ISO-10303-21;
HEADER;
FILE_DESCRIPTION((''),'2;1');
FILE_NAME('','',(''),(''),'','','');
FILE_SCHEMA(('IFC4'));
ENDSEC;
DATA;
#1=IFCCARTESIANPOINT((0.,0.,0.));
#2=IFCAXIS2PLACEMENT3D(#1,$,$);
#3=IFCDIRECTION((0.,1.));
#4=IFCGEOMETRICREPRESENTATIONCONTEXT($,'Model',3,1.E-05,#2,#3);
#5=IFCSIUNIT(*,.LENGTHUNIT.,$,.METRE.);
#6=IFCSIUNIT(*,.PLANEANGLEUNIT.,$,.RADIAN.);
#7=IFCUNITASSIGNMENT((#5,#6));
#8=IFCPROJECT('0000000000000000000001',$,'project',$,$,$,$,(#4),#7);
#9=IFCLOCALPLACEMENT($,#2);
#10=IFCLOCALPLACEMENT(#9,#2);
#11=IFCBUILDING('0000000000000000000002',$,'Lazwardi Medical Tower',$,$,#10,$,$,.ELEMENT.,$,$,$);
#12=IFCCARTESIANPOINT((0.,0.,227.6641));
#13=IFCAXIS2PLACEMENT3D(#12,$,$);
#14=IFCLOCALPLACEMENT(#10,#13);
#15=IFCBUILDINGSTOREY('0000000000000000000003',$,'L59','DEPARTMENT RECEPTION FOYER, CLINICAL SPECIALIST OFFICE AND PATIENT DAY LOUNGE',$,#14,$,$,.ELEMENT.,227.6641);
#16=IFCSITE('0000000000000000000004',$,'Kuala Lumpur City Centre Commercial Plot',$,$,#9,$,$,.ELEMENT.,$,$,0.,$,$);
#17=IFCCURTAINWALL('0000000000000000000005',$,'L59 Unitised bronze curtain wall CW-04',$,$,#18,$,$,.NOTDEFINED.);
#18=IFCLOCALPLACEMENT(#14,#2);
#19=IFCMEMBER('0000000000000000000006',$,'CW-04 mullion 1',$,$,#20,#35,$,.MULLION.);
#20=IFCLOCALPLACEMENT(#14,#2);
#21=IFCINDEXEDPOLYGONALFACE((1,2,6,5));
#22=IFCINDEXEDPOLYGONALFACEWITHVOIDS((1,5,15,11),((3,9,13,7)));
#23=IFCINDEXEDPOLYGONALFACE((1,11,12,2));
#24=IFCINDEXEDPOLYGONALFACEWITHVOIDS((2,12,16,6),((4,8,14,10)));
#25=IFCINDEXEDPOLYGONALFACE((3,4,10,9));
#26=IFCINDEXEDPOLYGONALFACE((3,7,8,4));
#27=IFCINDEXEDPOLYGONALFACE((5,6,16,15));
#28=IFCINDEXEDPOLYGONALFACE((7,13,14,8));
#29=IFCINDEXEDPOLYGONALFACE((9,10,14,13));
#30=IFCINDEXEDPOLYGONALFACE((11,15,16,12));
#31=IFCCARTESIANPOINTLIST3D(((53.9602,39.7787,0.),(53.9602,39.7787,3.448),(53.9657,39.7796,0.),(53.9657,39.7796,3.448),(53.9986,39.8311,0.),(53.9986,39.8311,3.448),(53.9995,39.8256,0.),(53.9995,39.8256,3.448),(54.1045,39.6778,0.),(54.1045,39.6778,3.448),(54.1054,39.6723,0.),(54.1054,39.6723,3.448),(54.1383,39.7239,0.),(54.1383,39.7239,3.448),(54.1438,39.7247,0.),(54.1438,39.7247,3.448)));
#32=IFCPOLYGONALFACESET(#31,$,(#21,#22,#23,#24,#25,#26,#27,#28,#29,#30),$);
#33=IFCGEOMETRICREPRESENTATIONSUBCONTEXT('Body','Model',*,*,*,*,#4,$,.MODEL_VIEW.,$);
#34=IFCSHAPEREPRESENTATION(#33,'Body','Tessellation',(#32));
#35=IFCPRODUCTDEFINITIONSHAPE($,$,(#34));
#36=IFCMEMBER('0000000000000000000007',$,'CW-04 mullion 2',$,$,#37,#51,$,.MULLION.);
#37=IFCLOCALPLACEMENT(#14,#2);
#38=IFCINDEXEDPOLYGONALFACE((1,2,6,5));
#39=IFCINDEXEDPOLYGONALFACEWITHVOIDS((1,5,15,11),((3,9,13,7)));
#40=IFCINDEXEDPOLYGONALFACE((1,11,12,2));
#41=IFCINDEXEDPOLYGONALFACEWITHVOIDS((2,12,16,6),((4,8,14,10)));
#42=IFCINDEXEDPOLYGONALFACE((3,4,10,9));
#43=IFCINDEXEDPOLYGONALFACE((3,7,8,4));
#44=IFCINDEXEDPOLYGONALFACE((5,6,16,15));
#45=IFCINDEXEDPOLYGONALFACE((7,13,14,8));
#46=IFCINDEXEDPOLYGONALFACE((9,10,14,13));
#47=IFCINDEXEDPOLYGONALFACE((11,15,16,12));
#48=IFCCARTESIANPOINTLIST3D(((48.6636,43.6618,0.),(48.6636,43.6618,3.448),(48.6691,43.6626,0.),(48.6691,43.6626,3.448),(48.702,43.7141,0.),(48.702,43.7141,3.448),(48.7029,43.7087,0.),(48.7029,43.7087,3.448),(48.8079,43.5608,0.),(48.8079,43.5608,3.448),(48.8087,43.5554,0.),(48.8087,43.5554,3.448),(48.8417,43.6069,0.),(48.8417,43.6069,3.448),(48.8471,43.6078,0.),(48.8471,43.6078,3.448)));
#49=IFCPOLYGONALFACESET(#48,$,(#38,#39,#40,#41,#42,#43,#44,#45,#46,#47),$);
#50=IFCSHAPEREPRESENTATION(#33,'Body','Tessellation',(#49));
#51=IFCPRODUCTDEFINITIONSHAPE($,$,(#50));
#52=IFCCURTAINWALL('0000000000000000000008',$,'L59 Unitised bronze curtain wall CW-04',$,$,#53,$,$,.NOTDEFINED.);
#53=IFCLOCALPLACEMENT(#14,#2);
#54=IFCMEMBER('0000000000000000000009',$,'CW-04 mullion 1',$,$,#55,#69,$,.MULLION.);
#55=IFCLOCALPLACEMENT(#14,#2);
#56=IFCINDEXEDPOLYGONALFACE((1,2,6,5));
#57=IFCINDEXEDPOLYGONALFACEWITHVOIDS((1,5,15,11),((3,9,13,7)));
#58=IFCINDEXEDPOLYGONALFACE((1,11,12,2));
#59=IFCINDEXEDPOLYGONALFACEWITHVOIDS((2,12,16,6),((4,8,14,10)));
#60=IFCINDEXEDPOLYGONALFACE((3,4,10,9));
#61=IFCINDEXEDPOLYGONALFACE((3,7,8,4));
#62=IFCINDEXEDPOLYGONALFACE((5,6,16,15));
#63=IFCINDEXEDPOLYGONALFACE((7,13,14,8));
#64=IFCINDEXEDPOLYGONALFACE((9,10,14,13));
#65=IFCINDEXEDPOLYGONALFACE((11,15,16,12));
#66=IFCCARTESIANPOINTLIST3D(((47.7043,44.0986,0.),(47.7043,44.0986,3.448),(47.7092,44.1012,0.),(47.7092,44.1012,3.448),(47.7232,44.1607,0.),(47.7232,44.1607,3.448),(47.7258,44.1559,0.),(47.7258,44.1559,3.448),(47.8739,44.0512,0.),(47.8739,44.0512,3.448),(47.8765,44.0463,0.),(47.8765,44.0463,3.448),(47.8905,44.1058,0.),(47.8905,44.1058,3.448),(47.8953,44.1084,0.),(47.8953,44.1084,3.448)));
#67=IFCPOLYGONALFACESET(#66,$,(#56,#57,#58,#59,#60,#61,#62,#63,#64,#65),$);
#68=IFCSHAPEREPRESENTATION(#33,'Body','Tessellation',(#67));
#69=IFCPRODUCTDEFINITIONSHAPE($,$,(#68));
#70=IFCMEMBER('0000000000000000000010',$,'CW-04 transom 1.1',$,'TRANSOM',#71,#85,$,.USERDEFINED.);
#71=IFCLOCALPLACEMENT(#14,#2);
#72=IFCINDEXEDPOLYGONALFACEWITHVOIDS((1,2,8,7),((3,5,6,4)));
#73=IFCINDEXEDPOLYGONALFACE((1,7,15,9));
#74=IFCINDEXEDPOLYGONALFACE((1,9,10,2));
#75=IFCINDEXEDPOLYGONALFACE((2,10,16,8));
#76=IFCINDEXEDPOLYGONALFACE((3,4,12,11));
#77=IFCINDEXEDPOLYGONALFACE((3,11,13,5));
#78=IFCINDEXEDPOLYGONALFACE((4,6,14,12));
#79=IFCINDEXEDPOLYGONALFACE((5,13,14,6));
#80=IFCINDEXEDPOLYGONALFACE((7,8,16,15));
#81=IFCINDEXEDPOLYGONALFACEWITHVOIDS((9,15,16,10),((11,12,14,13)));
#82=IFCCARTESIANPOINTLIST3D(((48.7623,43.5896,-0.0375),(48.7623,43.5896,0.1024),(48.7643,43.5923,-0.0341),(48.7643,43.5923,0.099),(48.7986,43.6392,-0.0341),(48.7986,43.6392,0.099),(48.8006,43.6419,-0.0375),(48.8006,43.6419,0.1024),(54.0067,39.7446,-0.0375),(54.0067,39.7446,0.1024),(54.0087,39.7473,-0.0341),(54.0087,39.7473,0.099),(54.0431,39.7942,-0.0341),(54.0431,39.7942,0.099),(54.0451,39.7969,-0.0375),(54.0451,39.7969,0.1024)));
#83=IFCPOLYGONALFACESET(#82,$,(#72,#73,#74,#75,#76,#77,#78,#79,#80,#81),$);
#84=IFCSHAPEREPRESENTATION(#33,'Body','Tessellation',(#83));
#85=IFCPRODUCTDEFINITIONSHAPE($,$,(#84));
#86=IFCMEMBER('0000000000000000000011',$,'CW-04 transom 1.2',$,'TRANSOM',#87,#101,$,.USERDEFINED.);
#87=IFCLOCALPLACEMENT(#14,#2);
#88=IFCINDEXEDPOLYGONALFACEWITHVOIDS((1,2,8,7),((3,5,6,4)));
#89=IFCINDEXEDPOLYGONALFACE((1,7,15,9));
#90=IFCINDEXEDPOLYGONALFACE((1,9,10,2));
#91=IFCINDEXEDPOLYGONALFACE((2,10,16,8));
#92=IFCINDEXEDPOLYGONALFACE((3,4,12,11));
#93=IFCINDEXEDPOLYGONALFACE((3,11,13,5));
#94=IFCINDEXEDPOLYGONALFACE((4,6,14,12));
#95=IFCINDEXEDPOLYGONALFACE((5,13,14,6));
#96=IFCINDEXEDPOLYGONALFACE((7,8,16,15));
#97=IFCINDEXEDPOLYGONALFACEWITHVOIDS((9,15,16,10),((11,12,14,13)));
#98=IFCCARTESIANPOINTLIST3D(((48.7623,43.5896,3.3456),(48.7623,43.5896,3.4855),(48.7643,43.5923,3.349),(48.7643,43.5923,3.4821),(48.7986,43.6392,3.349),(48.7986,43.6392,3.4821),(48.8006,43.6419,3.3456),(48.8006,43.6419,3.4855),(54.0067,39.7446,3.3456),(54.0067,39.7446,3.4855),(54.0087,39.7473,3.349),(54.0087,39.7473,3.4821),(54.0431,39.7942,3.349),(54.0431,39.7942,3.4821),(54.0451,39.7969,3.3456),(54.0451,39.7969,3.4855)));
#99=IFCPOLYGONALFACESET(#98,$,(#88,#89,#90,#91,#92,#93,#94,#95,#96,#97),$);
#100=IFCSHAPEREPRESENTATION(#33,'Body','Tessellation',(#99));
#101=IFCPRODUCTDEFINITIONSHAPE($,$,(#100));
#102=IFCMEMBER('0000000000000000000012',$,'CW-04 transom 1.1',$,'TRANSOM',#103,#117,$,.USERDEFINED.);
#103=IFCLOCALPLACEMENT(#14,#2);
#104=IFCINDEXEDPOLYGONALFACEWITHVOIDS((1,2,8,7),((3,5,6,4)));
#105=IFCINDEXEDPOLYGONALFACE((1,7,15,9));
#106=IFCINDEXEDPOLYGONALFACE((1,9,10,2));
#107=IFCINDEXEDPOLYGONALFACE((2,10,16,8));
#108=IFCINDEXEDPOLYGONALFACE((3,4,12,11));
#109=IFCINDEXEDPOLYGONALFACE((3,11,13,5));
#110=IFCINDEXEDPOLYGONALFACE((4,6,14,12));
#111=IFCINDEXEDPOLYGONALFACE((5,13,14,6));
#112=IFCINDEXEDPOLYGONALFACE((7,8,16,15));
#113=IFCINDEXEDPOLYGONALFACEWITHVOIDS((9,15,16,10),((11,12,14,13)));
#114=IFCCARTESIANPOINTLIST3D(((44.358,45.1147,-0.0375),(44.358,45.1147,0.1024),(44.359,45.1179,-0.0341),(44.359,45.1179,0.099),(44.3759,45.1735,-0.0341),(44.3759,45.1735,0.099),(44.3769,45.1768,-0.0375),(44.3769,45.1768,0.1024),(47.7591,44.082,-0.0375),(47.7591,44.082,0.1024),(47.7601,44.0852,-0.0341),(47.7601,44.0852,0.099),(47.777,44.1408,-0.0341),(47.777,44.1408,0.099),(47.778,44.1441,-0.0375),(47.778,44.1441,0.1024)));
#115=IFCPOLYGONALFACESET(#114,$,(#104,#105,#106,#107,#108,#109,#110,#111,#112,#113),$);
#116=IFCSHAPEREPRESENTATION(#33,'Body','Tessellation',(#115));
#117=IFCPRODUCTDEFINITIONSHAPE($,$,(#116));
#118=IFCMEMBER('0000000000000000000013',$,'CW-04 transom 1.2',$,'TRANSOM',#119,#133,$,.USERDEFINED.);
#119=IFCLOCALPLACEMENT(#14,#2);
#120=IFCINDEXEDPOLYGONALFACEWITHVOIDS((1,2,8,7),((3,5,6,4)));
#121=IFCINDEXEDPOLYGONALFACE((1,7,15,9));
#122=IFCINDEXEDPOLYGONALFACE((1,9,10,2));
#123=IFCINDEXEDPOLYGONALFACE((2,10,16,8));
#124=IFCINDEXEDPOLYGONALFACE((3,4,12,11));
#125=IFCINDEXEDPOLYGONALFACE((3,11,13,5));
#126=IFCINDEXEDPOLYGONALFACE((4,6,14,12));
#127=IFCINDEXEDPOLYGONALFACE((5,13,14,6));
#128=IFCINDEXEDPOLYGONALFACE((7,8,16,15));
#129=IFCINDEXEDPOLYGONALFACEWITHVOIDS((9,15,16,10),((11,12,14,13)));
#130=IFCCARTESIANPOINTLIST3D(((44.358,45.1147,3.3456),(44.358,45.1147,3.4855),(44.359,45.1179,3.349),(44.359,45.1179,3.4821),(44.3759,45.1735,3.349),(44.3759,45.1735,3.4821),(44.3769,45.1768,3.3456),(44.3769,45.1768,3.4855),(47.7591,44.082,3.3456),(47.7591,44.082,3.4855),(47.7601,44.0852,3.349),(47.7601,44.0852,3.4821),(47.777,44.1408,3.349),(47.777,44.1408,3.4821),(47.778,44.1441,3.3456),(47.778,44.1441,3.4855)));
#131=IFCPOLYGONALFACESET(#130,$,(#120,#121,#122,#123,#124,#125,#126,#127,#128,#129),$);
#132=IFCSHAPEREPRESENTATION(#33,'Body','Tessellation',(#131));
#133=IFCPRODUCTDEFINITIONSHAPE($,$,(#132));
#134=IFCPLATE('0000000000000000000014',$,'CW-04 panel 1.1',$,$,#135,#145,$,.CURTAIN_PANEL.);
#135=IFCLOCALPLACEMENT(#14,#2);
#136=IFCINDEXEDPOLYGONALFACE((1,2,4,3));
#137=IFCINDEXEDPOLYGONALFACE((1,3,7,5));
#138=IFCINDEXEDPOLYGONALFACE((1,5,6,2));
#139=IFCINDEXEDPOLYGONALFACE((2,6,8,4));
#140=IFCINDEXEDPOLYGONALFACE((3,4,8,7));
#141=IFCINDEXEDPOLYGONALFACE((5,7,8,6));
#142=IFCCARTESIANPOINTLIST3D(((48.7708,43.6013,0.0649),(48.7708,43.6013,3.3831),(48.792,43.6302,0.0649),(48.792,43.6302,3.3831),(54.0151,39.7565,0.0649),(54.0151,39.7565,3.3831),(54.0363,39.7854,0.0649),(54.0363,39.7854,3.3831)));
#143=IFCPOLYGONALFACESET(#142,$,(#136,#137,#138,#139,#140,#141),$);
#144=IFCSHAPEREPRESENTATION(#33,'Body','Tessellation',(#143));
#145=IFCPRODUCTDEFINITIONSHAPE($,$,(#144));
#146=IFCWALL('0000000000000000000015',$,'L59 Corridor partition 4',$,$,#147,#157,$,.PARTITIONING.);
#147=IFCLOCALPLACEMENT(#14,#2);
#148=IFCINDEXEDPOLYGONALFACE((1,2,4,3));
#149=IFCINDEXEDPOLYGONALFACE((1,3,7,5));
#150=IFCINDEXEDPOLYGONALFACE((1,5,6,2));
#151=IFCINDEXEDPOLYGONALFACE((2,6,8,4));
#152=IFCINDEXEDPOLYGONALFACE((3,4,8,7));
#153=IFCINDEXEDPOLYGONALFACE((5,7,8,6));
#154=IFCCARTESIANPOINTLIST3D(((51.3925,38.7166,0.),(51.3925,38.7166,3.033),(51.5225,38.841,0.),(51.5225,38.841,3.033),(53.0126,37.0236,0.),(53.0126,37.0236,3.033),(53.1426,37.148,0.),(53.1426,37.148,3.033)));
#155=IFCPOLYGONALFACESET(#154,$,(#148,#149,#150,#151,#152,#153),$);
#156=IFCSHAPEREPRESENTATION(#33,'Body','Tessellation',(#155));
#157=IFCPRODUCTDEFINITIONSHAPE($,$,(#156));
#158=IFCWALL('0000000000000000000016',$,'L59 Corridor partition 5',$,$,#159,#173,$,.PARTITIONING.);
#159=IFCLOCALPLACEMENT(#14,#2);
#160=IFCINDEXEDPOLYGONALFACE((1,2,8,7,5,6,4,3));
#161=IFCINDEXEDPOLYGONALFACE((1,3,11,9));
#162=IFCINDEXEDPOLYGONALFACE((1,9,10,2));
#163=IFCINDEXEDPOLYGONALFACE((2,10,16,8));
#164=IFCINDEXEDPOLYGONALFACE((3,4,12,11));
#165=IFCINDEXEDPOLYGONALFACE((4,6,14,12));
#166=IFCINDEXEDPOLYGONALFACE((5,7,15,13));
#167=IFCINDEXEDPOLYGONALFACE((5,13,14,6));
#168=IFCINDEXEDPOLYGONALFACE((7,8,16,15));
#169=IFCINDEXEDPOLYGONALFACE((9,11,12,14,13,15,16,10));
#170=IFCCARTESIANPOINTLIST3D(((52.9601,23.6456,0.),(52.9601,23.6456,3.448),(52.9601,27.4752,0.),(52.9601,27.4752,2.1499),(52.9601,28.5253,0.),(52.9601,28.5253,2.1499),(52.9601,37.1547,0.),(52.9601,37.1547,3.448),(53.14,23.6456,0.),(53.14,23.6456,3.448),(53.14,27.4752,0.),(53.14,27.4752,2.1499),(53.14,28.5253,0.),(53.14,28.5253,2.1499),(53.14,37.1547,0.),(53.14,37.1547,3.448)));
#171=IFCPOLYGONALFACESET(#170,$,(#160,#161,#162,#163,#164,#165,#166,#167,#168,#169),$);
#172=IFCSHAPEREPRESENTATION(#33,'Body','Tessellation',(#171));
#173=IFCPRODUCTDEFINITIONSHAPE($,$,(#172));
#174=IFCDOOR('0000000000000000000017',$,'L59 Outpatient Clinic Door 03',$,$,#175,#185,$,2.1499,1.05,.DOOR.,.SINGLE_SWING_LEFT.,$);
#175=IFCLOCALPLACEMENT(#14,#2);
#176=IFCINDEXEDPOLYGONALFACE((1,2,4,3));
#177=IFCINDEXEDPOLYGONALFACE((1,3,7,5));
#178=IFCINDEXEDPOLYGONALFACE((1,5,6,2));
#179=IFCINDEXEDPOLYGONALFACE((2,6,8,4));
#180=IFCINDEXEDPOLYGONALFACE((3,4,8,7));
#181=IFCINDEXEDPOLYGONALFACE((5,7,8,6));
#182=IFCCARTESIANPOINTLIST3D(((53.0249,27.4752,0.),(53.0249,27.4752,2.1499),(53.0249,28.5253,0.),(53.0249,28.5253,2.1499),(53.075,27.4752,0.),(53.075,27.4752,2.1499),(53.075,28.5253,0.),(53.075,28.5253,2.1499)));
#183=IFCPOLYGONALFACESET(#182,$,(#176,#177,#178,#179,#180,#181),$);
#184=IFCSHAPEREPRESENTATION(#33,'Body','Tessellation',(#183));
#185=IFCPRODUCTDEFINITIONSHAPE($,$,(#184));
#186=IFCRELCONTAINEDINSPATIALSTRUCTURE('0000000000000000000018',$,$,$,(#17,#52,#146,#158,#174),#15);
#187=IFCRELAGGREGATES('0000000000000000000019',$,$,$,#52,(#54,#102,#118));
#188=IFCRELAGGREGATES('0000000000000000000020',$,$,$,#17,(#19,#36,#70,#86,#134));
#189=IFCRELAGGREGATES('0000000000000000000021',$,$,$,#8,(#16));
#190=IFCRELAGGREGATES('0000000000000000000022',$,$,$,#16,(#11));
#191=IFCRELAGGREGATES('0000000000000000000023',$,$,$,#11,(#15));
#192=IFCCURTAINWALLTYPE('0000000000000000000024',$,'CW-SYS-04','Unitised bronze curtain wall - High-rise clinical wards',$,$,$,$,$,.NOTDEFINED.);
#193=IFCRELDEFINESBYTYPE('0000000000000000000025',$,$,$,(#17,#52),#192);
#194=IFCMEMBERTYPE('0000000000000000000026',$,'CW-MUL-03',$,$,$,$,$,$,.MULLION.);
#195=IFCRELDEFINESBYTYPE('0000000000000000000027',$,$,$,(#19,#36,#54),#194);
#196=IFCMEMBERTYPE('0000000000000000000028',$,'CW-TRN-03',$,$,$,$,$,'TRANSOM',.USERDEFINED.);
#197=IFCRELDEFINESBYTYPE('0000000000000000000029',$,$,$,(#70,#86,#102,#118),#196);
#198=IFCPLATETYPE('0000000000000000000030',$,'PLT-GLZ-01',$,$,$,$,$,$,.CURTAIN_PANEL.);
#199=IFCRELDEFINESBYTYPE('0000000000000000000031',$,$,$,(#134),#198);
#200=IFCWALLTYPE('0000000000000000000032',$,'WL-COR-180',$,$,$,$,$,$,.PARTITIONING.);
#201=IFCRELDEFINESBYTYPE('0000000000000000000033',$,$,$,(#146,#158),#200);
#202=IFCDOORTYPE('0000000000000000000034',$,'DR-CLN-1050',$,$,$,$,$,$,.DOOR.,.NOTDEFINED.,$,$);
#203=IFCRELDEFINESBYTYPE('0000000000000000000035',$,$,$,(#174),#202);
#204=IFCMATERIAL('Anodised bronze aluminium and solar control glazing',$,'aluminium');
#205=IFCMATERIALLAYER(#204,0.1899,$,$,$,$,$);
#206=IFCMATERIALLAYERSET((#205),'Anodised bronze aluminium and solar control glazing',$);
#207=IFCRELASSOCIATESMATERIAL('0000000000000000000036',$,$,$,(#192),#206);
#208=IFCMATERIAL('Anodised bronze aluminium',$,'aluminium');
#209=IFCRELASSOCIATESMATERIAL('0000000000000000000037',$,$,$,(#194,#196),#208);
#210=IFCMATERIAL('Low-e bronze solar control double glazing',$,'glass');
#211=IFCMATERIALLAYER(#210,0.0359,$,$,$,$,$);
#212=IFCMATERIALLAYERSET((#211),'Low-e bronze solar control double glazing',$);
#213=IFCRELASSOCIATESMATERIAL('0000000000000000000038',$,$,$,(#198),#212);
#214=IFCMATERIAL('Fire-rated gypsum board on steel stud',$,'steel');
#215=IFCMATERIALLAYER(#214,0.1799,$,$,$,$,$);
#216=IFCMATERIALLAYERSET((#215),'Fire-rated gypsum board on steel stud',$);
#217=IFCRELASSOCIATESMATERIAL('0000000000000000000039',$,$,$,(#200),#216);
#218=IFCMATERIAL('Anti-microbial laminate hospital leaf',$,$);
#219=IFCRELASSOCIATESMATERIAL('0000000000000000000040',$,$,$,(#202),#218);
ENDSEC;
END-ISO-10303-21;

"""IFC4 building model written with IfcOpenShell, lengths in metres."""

from ifc_helpers import new_model, si_unit, direction, frame, frame_2d, origin, origin_2d, place, context, subcontext, project, spatial, rectangle, hollow_rectangle, extrude, material, layer, layer_set, material_profile, profile_set, type_object, element, fill, aggregate, save


model = new_model("IFC4")

# Units and contexts
model_context = context("Model", 3, precision=1e-05, world=origin(), true_north=direction((0.0, 1.0)))
body_context = subcontext(model_context, "Body", "Model", "MODEL_VIEW")
ifc_project = project(units=[si_unit("LENGTHUNIT", "METRE"), si_unit("PLANEANGLEUNIT", "RADIAN")], contexts=[model_context])

# Site, building, storey
site_placement = place(None, origin())
site = spatial("IfcSite", under=ifc_project, at=site_placement, Name="Kuala Lumpur City Centre Commercial Plot", CompositionType="ELEMENT", RefElevation=0.0)
building_placement = place(site_placement, origin())
building = spatial("IfcBuilding", under=site, at=building_placement, Name="Lazwardi Medical Tower", CompositionType="ELEMENT")
storey_placement = place(building_placement, frame((0.0, 0.0, 227.6641)))
storey = spatial("IfcBuildingStorey", under=building, at=storey_placement, Name="L59", Description="DEPARTMENT RECEPTION FOYER, CLINICAL SPECIALIST OFFICE AND PATIENT DAY LOUNGE", CompositionType="ELEMENT", Elevation=227.6641)

# Shared definitions
ifc_material_1 = material(Name="Anodised bronze aluminium and solar control glazing", Category="aluminium")
ifc_layer_1 = layer(ifc_material_1, 0.1899)
ifc_layer_set_1 = layer_set([ifc_layer_1], Name="Anodised bronze aluminium and solar control glazing")
curtain_wall_type = type_object("IfcCurtainWallType", Name="CW-SYS-04", Description="Unitised bronze curtain wall - High-rise clinical wards", PredefinedType="NOTDEFINED", material=ifc_layer_set_1)
ifc_material_2 = material(Name="Anodised bronze aluminium", Category="aluminium")
ifc_material_profile_1 = material_profile(ifc_material_2, hollow_rectangle(XDim=0.0649, YDim=0.1799, WallThickness=0.0039, at=origin_2d()), Name="ALU-MULLION 180x65x4")
ifc_profile_set_1 = profile_set([ifc_material_profile_1], Name="Anodised bronze aluminium")
member_type_1 = type_object("IfcMemberType", Name="CW-MUL-03", PredefinedType="MULLION", material=ifc_profile_set_1)

# Curtain wall, members
curtain_wall_1_placement = place(storey_placement, origin())
curtain_wall_1 = element("IfcCurtainWall", 1, at=curtain_wall_1_placement, inside=storey, type_object=curtain_wall_type, Name="L59 Unitised bronze curtain wall CW-04", PredefinedType="NOTDEFINED")
member_1_placement = place(storey_placement, frame((54.052, 39.7517, 0.0), z_axis=(0.0, 0.0, 1.0), x_axis=(-0.591268, -0.806475, 0.0)))
member_1 = element("IfcMember", 2, at=member_1_placement, type_object=member_type_1, Name="CW-04 mullion 1", PredefinedType="MULLION", context=body_context, shape_type="SweptSolid", body=[
    extrude(hollow_rectangle(XDim=0.0649, YDim=0.1799, WallThickness=0.0039, at=origin_2d()), origin(), (0.0, 0.0, 1.0), 3.448),
])
member_2_placement = place(storey_placement, frame((48.7554, 43.6348, 0.0), z_axis=(0.0, 0.0, 1.0), x_axis=(-0.591268, -0.806475, 0.0)))
member_2 = element("IfcMember", 3, at=member_2_placement, type_object=member_type_1, Name="CW-04 mullion 2", PredefinedType="MULLION", context=body_context, shape_type="SweptSolid", body=[
    extrude(hollow_rectangle(XDim=0.0649, YDim=0.1799, WallThickness=0.0039, at=origin_2d()), origin(), (0.0, 0.0, 1.0), 3.448),
])

# Curtain wall, member
curtain_wall_2_placement = place(storey_placement, origin())
curtain_wall_2 = element("IfcCurtainWall", 4, at=curtain_wall_2_placement, inside=storey, type_object=curtain_wall_type, Name="L59 Unitised bronze curtain wall CW-04", PredefinedType="NOTDEFINED")
member_3_placement = place(storey_placement, frame((47.7998, 44.1035, 0.0), z_axis=(0.0, 0.0, 1.0), x_axis=(-0.290582, -0.95685, 0.0)))
member_3 = element("IfcMember", 5, at=member_3_placement, type_object=member_type_1, Name="CW-04 mullion 1", PredefinedType="MULLION", context=body_context, shape_type="SweptSolid", body=[
    extrude(hollow_rectangle(XDim=0.0649, YDim=0.1799, WallThickness=0.0039, at=origin_2d()), origin(), (0.0, 0.0, 1.0), 3.448),
])

# Members
ifc_material_profile_2 = material_profile(ifc_material_2, hollow_rectangle(XDim=0.0649, YDim=0.1399, WallThickness=0.0034, at=origin_2d()), Name="ALU-TRANSOM 140x65x3.5")
ifc_profile_set_2 = profile_set([ifc_material_profile_2], Name="Anodised bronze aluminium")
member_type_2 = type_object("IfcMemberType", Name="CW-TRN-03", ElementType="TRANSOM", PredefinedType="USERDEFINED", material=ifc_profile_set_2)
member_4_placement = place(storey_placement, frame((54.0259, 39.7708, 0.0325), z_axis=(-0.806472, 0.591273, 0.0), x_axis=(-0.591273, -0.806472, 0.0)))
member_4 = element("IfcMember", 6, at=member_4_placement, type_object=member_type_2, Name="CW-04 transom 1.1", ObjectType="TRANSOM", PredefinedType="USERDEFINED", context=body_context, shape_type="SweptSolid", body=[
    extrude(hollow_rectangle(XDim=0.0649, YDim=0.1399, WallThickness=0.0034, at=origin_2d()), origin(), (0.0, 0.0, 1.0), 6.5029),
])
member_5_placement = place(storey_placement, frame((54.0259, 39.7708, 3.4155), z_axis=(-0.806472, 0.591273, 0.0), x_axis=(-0.591273, -0.806472, 0.0)))
member_5 = element("IfcMember", 7, at=member_5_placement, type_object=member_type_2, Name="CW-04 transom 1.2", ObjectType="TRANSOM", PredefinedType="USERDEFINED", context=body_context, shape_type="SweptSolid", body=[
    extrude(hollow_rectangle(XDim=0.0649, YDim=0.1399, WallThickness=0.0034, at=origin_2d()), origin(), (0.0, 0.0, 1.0), 6.5029),
])
member_6_placement = place(storey_placement, frame((47.7686, 44.113, 0.0325), z_axis=(-0.956863, 0.290541, 0.0), x_axis=(-0.290541, -0.956863, 0.0)))
member_6 = element("IfcMember", 8, at=member_6_placement, type_object=member_type_2, Name="CW-04 transom 1.1", ObjectType="TRANSOM", PredefinedType="USERDEFINED", context=body_context, shape_type="SweptSolid", body=[
    extrude(hollow_rectangle(XDim=0.0649, YDim=0.1399, WallThickness=0.0034, at=origin_2d()), origin(), (0.0, 0.0, 1.0), 3.5544),
])
member_7_placement = place(storey_placement, frame((47.7686, 44.113, 3.4155), z_axis=(-0.956863, 0.290541, 0.0), x_axis=(-0.290541, -0.956863, 0.0)))
member_7 = element("IfcMember", 9, at=member_7_placement, type_object=member_type_2, Name="CW-04 transom 1.2", ObjectType="TRANSOM", PredefinedType="USERDEFINED", context=body_context, shape_type="SweptSolid", body=[
    extrude(hollow_rectangle(XDim=0.0649, YDim=0.1399, WallThickness=0.0034, at=origin_2d()), origin(), (0.0, 0.0, 1.0), 3.5544),
])
aggregate(curtain_wall_2, [member_3, member_6, member_7])

# Plate
ifc_material_3 = material(Name="Low-e bronze solar control double glazing", Category="glass")
ifc_layer_2 = layer(ifc_material_3, 0.0359)
ifc_layer_set_2 = layer_set([ifc_layer_2], Name="Low-e bronze solar control double glazing")
plate_type = type_object("IfcPlateType", Name="PLT-GLZ-01", PredefinedType="CURTAIN_PANEL", material=ifc_layer_set_2)
plate_placement = place(storey_placement, frame((51.4036, 41.6934, 0.0649), z_axis=(0.0, 0.0, 1.0), x_axis=(-0.806475, 0.591268, 0.0)))
plate = element("IfcPlate", 10, at=plate_placement, type_object=plate_type, Name="CW-04 panel 1.1", PredefinedType="CURTAIN_PANEL", context=body_context, shape_type="SweptSolid", body=[
    extrude(rectangle(XDim=6.5027, YDim=0.0359, at=origin_2d()), origin(), (0.0, 0.0, 1.0), 3.3181),
])
aggregate(curtain_wall_1, [member_1, member_2, member_4, member_5, plate])

# Wall
ifc_material_4 = material(Name="Fire-rated gypsum board on steel stud", Category="steel")
ifc_layer_3 = layer(ifc_material_4, 0.1799)
ifc_layer_set_3 = layer_set([ifc_layer_3], Name="Fire-rated gypsum board on steel stud")
wall_type = type_object("IfcWallType", Name="WL-COR-180", PredefinedType="PARTITIONING", material=ifc_layer_set_3)
wall_1_placement = place(storey_placement, frame((51.4575, 38.7788, 0.0), z_axis=(0.0, 0.0, 1.0), x_axis=(0.69136, -0.722511, 0.0)))
element("IfcWall", 11, at=wall_1_placement, inside=storey, type_object=wall_type, Name="L59 Corridor partition 4", PredefinedType="PARTITIONING", context=body_context, shape_type="SweptSolid", body=[
    extrude(rectangle(XDim=2.3433, YDim=0.1799, at=frame_2d((1.1716, 0.0))), origin(), (0.0, 0.0, 1.0), 3.033),
])

# Wall, opening, door
wall_2_placement = place(storey_placement, frame((53.05, 37.1545, 0.0), z_axis=(0.0, 0.0, 1.0), x_axis=(0.0, -1.0, 0.0)))
wall_2 = element("IfcWall", 12, at=wall_2_placement, inside=storey, type_object=wall_type, Name="L59 Corridor partition 5", PredefinedType="PARTITIONING", context=body_context, shape_type="SweptSolid", body=[
    extrude(rectangle(XDim=13.509, YDim=0.1799, at=frame_2d((6.7544, 0.0))), origin(), (0.0, 0.0, 1.0), 3.448),
])
opening_placement = place(wall_2_placement, frame((8.6294, 0.0, 0.0)))
opening = element("IfcOpeningElement", 13, at=opening_placement, cuts=wall_2, PredefinedType="OPENING", context=body_context, shape_type="SweptSolid", body=[
    extrude(rectangle(XDim=1.05, YDim=2.1499, at=frame_2d((0.5249, 1.075))), frame((0.0, 0.0999, 0.0), z_axis=(0.0, -1.0, 0.0), x_axis=(1.0, 0.0, 0.0)), (0.0, 0.0, 1.0), 0.2),
])
ifc_material_5 = material(Name="Anti-microbial laminate hospital leaf")
door_type = type_object("IfcDoorType", Name="DR-CLN-1050", OperationType="NOTDEFINED", PredefinedType="DOOR", material=ifc_material_5)
door_placement = place(opening_placement, origin())
door = element("IfcDoor", 14, at=door_placement, inside=storey, type_object=door_type, Name="L59 Outpatient Clinic Door 03", OperationType="SINGLE_SWING_LEFT", OverallHeight=2.1499, OverallWidth=1.05, PredefinedType="DOOR", context=body_context, shape_type="SweptSolid", body=[
    extrude(rectangle(XDim=1.05, YDim=2.1499, at=frame_2d((0.5249, 1.075))), frame((0.0, 0.0249, 0.0), z_axis=(0.0, -1.0, 0.0), x_axis=(1.0, 0.0, 0.0)), (0.0, 0.0, 1.0), 0.05),
])
fill(opening, door)

save(model, "model.ifc")
